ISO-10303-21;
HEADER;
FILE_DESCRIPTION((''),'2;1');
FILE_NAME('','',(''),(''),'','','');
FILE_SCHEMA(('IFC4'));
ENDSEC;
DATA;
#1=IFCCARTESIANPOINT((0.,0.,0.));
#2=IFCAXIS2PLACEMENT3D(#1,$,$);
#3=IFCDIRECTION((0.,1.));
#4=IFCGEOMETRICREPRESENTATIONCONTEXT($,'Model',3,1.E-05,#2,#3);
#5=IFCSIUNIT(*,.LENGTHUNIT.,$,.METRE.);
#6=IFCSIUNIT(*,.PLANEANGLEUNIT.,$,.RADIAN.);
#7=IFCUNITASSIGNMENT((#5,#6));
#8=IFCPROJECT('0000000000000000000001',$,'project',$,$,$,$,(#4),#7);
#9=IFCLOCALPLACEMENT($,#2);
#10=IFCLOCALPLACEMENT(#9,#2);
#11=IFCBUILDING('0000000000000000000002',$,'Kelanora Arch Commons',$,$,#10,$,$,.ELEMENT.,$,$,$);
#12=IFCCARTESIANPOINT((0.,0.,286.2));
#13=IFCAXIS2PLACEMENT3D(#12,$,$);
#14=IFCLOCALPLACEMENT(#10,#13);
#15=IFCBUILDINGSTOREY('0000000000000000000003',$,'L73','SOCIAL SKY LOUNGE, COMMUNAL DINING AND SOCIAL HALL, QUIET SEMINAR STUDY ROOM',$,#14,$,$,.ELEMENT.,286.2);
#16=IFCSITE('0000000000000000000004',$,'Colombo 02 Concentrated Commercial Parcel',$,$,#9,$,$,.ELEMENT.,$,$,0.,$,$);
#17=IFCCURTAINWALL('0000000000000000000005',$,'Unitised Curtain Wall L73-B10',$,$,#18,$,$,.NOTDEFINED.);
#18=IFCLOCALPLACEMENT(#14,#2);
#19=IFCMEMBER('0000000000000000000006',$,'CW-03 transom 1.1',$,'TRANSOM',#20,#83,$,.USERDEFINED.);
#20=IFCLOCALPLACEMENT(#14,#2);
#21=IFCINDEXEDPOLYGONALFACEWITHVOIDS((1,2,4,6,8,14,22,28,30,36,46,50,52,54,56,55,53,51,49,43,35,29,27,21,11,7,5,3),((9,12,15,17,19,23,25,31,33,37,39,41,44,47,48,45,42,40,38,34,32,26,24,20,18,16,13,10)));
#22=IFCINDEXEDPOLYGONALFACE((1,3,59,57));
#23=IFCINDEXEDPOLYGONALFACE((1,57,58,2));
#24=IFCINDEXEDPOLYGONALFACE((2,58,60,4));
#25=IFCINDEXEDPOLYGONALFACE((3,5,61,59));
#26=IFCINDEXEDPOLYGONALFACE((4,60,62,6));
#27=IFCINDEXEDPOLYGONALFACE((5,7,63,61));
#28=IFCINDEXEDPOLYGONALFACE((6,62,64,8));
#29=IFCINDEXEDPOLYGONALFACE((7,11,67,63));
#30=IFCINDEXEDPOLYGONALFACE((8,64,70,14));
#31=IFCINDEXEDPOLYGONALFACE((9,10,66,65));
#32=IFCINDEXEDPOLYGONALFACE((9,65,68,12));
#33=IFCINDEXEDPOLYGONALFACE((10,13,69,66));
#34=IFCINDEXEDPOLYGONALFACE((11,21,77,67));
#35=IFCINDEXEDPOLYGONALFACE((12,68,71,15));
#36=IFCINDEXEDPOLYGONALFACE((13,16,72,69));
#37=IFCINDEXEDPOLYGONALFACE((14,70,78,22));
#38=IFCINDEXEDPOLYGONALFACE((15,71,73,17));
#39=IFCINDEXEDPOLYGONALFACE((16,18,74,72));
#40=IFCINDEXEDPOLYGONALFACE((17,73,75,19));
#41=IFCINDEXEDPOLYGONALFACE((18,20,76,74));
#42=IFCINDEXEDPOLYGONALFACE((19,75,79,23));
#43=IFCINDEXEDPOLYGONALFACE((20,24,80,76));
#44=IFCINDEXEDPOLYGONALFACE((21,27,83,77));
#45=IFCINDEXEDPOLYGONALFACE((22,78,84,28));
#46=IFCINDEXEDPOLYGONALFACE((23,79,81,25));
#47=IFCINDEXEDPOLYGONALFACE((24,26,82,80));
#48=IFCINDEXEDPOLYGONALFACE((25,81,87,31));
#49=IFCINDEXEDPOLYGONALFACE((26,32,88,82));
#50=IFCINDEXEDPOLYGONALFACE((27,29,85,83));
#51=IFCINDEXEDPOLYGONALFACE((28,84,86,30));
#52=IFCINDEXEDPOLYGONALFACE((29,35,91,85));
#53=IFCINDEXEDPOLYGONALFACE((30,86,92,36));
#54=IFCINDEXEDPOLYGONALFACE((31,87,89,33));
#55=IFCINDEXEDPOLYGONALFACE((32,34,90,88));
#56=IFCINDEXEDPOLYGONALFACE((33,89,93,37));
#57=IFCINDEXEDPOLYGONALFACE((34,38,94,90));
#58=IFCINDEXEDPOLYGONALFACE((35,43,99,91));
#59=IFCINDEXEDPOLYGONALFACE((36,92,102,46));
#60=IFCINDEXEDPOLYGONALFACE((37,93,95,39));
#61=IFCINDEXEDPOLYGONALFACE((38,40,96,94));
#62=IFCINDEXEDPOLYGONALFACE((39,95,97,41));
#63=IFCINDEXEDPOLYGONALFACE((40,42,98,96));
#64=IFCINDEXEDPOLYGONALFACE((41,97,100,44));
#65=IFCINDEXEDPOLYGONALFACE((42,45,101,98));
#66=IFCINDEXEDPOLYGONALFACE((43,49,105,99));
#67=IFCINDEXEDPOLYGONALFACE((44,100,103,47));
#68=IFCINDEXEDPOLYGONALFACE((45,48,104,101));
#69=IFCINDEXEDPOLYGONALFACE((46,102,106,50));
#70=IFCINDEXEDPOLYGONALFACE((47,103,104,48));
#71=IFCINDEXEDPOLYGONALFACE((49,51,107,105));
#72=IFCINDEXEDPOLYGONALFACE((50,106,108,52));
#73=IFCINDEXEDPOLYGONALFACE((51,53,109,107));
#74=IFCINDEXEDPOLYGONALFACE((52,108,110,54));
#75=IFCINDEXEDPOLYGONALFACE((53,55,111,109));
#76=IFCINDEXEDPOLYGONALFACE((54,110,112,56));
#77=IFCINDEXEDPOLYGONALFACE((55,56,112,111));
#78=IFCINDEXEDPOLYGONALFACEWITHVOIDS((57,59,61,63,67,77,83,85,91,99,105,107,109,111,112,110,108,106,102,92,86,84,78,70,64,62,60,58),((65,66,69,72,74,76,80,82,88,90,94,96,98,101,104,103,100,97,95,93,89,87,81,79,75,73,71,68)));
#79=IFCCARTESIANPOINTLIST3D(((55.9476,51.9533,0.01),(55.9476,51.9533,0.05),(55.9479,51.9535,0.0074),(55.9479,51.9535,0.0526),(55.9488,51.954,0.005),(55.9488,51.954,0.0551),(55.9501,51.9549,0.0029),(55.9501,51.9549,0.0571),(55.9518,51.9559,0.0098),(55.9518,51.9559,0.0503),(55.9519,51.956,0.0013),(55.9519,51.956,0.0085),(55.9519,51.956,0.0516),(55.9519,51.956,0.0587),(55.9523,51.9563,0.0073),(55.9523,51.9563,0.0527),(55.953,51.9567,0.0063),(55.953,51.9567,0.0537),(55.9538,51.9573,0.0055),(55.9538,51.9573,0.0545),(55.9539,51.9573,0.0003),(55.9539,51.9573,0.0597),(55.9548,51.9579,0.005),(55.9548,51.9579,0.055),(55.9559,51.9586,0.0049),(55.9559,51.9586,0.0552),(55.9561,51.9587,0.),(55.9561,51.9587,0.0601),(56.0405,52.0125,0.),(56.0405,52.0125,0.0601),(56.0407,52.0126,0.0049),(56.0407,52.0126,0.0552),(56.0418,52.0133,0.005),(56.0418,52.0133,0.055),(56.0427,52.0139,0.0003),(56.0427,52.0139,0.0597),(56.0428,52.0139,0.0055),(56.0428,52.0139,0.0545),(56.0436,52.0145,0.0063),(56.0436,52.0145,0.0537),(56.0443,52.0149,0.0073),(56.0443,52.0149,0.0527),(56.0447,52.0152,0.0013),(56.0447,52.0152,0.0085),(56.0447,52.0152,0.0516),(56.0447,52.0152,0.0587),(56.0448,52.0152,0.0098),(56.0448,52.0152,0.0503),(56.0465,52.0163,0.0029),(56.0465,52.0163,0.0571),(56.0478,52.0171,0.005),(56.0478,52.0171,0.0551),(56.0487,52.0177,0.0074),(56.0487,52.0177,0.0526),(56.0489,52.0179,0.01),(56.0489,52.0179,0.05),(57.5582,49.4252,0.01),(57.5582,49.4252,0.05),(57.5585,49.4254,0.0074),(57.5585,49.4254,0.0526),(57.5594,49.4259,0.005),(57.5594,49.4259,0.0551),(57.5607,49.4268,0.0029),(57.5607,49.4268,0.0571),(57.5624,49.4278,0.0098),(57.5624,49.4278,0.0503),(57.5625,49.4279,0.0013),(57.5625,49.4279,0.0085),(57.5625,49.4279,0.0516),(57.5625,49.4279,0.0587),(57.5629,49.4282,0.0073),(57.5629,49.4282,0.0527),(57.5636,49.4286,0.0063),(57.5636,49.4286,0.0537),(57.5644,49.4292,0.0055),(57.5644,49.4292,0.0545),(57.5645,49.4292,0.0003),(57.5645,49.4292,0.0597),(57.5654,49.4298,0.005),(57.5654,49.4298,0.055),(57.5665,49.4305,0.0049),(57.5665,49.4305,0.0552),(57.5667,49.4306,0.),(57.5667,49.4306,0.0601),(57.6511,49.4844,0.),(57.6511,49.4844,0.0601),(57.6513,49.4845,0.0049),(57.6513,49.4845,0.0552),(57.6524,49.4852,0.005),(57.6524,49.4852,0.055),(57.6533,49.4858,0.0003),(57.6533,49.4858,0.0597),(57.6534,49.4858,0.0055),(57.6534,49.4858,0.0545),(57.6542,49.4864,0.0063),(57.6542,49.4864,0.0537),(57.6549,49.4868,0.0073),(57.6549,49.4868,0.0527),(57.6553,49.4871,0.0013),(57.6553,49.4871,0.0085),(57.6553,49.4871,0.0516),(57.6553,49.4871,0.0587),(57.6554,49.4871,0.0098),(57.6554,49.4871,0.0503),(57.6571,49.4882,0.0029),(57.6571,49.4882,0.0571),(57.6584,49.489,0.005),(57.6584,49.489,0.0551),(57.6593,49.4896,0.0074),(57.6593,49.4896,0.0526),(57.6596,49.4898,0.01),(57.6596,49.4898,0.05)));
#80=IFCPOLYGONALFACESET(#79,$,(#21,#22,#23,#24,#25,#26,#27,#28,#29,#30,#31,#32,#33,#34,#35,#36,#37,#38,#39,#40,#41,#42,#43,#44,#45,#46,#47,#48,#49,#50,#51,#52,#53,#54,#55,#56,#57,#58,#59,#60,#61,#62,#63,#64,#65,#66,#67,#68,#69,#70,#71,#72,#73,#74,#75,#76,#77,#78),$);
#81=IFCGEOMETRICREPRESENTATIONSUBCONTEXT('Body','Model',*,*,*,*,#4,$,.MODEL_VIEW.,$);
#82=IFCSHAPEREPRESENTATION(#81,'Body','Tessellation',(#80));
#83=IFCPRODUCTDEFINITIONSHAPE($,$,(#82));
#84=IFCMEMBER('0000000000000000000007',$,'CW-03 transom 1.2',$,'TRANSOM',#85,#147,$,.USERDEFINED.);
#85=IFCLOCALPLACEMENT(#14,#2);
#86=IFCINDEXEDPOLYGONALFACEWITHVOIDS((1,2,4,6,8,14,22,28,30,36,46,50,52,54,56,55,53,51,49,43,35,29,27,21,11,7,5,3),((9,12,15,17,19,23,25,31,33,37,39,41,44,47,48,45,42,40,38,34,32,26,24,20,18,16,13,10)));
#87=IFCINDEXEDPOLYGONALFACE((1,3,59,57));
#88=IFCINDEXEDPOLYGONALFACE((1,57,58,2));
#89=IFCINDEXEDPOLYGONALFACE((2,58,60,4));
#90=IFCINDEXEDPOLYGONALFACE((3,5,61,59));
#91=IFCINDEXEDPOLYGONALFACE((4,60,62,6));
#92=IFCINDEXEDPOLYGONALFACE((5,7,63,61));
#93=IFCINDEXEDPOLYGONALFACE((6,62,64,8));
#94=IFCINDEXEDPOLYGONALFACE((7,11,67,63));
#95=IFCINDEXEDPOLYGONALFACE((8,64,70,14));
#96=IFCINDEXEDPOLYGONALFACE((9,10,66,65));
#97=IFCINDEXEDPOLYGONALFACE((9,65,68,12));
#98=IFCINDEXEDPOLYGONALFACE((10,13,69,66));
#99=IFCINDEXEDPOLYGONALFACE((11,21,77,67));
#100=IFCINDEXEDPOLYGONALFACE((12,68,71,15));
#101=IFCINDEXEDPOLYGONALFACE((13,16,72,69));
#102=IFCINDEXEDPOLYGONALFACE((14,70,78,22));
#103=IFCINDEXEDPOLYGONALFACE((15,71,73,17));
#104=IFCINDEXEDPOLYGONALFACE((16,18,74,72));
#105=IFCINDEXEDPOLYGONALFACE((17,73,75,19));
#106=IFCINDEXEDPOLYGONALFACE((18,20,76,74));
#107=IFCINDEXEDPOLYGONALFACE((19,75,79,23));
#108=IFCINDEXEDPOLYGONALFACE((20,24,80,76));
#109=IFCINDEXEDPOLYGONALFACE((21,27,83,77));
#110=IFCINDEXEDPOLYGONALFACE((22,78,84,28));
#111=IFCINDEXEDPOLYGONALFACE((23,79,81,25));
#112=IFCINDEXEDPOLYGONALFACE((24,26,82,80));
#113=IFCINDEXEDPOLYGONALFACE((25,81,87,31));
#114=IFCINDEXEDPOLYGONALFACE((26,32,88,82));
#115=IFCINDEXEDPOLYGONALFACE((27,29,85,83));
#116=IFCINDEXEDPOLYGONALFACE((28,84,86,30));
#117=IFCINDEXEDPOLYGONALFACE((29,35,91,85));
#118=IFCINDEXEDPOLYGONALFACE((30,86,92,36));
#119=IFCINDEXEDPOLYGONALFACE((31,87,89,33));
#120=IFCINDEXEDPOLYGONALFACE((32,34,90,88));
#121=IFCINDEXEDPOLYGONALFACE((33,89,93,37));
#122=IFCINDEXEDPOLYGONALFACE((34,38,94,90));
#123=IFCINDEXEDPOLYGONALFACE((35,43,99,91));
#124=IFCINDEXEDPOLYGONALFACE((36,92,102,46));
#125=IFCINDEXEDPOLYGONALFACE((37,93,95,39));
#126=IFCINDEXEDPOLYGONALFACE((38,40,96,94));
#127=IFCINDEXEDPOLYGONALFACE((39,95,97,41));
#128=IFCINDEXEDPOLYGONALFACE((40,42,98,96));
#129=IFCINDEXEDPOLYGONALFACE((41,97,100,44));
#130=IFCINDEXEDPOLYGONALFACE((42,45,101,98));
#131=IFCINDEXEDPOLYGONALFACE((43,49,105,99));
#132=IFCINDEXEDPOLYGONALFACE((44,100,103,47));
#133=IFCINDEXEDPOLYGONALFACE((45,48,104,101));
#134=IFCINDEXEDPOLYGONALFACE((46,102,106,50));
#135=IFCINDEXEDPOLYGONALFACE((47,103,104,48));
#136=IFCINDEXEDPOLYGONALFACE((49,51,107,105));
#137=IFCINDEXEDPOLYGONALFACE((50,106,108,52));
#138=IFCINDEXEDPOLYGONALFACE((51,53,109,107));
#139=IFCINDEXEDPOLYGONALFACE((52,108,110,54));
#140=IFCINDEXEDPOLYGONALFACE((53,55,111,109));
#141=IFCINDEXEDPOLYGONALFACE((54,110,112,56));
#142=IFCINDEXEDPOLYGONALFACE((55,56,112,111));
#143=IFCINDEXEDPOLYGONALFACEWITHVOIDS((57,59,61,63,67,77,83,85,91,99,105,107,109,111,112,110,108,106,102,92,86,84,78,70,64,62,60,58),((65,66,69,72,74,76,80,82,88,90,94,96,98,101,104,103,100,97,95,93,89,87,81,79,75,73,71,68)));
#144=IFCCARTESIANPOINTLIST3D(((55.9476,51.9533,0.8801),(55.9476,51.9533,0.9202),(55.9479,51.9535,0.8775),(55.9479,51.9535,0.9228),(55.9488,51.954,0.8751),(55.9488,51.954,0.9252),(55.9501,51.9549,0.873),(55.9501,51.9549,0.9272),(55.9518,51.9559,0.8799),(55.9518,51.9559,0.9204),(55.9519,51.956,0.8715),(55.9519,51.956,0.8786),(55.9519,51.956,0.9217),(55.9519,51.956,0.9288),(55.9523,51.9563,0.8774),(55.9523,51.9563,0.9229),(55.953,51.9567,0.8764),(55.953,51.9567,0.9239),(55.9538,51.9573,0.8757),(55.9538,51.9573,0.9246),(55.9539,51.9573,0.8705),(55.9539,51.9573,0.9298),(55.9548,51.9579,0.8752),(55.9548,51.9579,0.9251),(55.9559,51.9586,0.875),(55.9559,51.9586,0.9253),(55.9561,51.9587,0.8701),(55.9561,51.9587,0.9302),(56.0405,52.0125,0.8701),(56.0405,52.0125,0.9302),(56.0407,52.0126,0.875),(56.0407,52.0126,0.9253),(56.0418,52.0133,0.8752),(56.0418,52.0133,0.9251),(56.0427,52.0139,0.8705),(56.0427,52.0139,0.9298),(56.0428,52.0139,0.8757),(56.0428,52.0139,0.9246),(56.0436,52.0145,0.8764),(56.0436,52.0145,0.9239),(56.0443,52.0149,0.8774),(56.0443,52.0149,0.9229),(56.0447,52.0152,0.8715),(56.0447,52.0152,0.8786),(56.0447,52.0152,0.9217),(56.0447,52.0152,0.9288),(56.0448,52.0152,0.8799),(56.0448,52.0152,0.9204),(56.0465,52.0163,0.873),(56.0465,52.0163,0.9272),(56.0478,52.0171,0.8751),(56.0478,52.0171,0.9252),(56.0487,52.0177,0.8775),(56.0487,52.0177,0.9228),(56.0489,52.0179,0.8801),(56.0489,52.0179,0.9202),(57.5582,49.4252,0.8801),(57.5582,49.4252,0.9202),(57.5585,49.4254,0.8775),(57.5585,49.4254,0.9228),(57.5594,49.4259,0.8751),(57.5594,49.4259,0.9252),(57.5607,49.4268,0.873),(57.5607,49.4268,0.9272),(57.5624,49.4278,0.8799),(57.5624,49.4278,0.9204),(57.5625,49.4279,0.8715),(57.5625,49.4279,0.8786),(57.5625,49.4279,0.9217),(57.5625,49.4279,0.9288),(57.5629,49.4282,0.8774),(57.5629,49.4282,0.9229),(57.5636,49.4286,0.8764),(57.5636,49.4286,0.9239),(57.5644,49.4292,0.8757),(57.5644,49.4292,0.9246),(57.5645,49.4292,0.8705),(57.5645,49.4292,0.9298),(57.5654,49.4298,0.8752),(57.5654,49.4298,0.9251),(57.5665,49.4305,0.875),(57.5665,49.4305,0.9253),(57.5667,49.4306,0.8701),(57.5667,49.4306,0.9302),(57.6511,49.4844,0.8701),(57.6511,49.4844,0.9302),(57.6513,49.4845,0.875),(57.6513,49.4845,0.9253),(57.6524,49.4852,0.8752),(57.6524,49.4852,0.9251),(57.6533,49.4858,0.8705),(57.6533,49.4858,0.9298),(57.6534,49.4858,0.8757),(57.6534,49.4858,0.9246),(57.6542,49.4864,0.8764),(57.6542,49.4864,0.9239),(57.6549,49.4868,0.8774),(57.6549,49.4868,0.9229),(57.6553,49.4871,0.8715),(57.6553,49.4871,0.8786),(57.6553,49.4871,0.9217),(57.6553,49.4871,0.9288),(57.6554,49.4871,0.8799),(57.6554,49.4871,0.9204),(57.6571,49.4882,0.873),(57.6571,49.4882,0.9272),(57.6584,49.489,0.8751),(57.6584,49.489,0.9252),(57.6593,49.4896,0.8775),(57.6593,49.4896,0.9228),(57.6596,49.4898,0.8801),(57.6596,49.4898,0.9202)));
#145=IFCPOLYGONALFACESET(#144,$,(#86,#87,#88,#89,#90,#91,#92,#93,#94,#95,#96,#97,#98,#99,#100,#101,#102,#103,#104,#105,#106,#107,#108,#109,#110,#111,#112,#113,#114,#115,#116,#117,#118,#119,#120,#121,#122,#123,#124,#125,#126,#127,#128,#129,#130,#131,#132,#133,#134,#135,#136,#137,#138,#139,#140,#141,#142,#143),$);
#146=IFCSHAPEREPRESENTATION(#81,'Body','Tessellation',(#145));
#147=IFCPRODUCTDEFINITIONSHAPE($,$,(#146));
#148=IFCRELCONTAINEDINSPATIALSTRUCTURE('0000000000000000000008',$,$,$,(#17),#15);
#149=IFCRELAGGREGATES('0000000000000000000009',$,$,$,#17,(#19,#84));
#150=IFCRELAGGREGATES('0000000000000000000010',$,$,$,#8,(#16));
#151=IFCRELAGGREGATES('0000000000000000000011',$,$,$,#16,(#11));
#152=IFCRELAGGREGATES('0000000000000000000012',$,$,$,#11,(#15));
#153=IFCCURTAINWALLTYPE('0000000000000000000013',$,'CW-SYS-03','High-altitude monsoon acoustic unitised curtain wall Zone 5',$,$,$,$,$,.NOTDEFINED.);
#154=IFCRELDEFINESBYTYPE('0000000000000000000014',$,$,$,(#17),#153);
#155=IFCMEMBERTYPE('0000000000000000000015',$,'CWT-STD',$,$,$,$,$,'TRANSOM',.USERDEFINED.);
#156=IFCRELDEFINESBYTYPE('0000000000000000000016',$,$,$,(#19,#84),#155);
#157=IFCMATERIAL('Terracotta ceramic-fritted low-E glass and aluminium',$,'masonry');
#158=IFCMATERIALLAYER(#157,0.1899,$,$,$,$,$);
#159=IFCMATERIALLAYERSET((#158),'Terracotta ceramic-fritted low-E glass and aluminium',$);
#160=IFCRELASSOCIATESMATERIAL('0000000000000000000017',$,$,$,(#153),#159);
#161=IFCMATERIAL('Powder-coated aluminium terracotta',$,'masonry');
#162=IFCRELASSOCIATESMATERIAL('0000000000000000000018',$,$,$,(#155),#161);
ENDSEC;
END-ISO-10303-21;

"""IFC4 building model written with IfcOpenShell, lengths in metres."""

from ifc_helpers import new_model, si_unit, direction, frame, origin, origin_2d, place, context, subcontext, project, spatial, hollow_rectangle, extrude, material, layer, layer_set, material_profile, profile_set, type_object, element, aggregate, save


model = new_model("IFC4")

# Units and contexts
model_context = context("Model", 3, precision=1e-05, world=origin(), true_north=direction((0.0, 1.0)))
body_context = subcontext(model_context, "Body", "Model", "MODEL_VIEW")
ifc_project = project(units=[si_unit("LENGTHUNIT", "METRE"), si_unit("PLANEANGLEUNIT", "RADIAN")], contexts=[model_context])

# Site, building, storey
site_placement = place(None, origin())
site = spatial("IfcSite", under=ifc_project, at=site_placement, Name="Colombo 02 Concentrated Commercial Parcel", CompositionType="ELEMENT", RefElevation=0.0)
building_placement = place(site_placement, origin())
building = spatial("IfcBuilding", under=site, at=building_placement, Name="Kelanora Arch Commons", CompositionType="ELEMENT")
storey_placement = place(building_placement, frame((0.0, 0.0, 286.2)))
storey = spatial("IfcBuildingStorey", under=building, at=storey_placement, Name="L73", Description="SOCIAL SKY LOUNGE, COMMUNAL DINING AND SOCIAL HALL, QUIET SEMINAR STUDY ROOM", CompositionType="ELEMENT", Elevation=286.2)

# Curtain wall, members
ifc_material_1 = material(Name="Terracotta ceramic-fritted low-E glass and aluminium", Category="masonry")
ifc_layer_1 = layer(ifc_material_1, 0.1899)
ifc_layer_set_1 = layer_set([ifc_layer_1], Name="Terracotta ceramic-fritted low-E glass and aluminium")
curtain_wall_type = type_object("IfcCurtainWallType", Name="CW-SYS-03", Description="High-altitude monsoon acoustic unitised curtain wall Zone 5", PredefinedType="NOTDEFINED", material=ifc_layer_set_1)
curtain_wall_placement = place(storey_placement, origin())
curtain_wall = element("IfcCurtainWall", 1, at=curtain_wall_placement, inside=storey, type_object=curtain_wall_type, Name="Unitised Curtain Wall L73-B10", PredefinedType="NOTDEFINED")
ifc_material_2 = material(Name="Powder-coated aluminium terracotta", Category="masonry")
ifc_material_profile_1 = material_profile(ifc_material_2, hollow_rectangle(XDim=0.1201, YDim=0.0601, WallThickness=0.0049, InnerFilletRadius=0.0049, OuterFilletRadius=0.01, at=origin_2d()), Name="CWT120x60")
ifc_profile_set_1 = profile_set([ifc_material_profile_1], Name="Powder-coated aluminium terracotta")
member_type_1 = type_object("IfcMemberType", Name="CWT-STD", ElementType="TRANSOM", PredefinedType="USERDEFINED", material=ifc_profile_set_1)
member_1_placement = place(storey_placement, frame((55.9983, 51.9856, 0.03), z_axis=(0.537308, -0.843386, 0.0), x_axis=(0.843386, 0.537308, 0.0)))
member_1 = element("IfcMember", 2, at=member_1_placement, type_object=member_type_1, Name="CW-03 transom 1.1", ObjectType="TRANSOM", PredefinedType="USERDEFINED", context=body_context, shape_type="SweptSolid", body=[
    extrude(hollow_rectangle(XDim=0.1201, YDim=0.0601, WallThickness=0.0049, InnerFilletRadius=0.0049, OuterFilletRadius=0.01, at=origin_2d()), origin(), (0.0, 0.0, 1.0), 2.9976),
])
member_2_placement = place(storey_placement, frame((55.9983, 51.9856, 0.9001), z_axis=(0.537308, -0.843386, 0.0), x_axis=(0.843386, 0.537308, 0.0)))
member_2 = element("IfcMember", 3, at=member_2_placement, type_object=member_type_1, Name="CW-03 transom 1.2", ObjectType="TRANSOM", PredefinedType="USERDEFINED", context=body_context, shape_type="SweptSolid", body=[
    extrude(hollow_rectangle(XDim=0.1201, YDim=0.0601, WallThickness=0.0049, InnerFilletRadius=0.0049, OuterFilletRadius=0.01, at=origin_2d()), origin(), (0.0, 0.0, 1.0), 2.9976),
])

aggregate(curtain_wall, [member_1, member_2])

save(model, "model.ifc")
